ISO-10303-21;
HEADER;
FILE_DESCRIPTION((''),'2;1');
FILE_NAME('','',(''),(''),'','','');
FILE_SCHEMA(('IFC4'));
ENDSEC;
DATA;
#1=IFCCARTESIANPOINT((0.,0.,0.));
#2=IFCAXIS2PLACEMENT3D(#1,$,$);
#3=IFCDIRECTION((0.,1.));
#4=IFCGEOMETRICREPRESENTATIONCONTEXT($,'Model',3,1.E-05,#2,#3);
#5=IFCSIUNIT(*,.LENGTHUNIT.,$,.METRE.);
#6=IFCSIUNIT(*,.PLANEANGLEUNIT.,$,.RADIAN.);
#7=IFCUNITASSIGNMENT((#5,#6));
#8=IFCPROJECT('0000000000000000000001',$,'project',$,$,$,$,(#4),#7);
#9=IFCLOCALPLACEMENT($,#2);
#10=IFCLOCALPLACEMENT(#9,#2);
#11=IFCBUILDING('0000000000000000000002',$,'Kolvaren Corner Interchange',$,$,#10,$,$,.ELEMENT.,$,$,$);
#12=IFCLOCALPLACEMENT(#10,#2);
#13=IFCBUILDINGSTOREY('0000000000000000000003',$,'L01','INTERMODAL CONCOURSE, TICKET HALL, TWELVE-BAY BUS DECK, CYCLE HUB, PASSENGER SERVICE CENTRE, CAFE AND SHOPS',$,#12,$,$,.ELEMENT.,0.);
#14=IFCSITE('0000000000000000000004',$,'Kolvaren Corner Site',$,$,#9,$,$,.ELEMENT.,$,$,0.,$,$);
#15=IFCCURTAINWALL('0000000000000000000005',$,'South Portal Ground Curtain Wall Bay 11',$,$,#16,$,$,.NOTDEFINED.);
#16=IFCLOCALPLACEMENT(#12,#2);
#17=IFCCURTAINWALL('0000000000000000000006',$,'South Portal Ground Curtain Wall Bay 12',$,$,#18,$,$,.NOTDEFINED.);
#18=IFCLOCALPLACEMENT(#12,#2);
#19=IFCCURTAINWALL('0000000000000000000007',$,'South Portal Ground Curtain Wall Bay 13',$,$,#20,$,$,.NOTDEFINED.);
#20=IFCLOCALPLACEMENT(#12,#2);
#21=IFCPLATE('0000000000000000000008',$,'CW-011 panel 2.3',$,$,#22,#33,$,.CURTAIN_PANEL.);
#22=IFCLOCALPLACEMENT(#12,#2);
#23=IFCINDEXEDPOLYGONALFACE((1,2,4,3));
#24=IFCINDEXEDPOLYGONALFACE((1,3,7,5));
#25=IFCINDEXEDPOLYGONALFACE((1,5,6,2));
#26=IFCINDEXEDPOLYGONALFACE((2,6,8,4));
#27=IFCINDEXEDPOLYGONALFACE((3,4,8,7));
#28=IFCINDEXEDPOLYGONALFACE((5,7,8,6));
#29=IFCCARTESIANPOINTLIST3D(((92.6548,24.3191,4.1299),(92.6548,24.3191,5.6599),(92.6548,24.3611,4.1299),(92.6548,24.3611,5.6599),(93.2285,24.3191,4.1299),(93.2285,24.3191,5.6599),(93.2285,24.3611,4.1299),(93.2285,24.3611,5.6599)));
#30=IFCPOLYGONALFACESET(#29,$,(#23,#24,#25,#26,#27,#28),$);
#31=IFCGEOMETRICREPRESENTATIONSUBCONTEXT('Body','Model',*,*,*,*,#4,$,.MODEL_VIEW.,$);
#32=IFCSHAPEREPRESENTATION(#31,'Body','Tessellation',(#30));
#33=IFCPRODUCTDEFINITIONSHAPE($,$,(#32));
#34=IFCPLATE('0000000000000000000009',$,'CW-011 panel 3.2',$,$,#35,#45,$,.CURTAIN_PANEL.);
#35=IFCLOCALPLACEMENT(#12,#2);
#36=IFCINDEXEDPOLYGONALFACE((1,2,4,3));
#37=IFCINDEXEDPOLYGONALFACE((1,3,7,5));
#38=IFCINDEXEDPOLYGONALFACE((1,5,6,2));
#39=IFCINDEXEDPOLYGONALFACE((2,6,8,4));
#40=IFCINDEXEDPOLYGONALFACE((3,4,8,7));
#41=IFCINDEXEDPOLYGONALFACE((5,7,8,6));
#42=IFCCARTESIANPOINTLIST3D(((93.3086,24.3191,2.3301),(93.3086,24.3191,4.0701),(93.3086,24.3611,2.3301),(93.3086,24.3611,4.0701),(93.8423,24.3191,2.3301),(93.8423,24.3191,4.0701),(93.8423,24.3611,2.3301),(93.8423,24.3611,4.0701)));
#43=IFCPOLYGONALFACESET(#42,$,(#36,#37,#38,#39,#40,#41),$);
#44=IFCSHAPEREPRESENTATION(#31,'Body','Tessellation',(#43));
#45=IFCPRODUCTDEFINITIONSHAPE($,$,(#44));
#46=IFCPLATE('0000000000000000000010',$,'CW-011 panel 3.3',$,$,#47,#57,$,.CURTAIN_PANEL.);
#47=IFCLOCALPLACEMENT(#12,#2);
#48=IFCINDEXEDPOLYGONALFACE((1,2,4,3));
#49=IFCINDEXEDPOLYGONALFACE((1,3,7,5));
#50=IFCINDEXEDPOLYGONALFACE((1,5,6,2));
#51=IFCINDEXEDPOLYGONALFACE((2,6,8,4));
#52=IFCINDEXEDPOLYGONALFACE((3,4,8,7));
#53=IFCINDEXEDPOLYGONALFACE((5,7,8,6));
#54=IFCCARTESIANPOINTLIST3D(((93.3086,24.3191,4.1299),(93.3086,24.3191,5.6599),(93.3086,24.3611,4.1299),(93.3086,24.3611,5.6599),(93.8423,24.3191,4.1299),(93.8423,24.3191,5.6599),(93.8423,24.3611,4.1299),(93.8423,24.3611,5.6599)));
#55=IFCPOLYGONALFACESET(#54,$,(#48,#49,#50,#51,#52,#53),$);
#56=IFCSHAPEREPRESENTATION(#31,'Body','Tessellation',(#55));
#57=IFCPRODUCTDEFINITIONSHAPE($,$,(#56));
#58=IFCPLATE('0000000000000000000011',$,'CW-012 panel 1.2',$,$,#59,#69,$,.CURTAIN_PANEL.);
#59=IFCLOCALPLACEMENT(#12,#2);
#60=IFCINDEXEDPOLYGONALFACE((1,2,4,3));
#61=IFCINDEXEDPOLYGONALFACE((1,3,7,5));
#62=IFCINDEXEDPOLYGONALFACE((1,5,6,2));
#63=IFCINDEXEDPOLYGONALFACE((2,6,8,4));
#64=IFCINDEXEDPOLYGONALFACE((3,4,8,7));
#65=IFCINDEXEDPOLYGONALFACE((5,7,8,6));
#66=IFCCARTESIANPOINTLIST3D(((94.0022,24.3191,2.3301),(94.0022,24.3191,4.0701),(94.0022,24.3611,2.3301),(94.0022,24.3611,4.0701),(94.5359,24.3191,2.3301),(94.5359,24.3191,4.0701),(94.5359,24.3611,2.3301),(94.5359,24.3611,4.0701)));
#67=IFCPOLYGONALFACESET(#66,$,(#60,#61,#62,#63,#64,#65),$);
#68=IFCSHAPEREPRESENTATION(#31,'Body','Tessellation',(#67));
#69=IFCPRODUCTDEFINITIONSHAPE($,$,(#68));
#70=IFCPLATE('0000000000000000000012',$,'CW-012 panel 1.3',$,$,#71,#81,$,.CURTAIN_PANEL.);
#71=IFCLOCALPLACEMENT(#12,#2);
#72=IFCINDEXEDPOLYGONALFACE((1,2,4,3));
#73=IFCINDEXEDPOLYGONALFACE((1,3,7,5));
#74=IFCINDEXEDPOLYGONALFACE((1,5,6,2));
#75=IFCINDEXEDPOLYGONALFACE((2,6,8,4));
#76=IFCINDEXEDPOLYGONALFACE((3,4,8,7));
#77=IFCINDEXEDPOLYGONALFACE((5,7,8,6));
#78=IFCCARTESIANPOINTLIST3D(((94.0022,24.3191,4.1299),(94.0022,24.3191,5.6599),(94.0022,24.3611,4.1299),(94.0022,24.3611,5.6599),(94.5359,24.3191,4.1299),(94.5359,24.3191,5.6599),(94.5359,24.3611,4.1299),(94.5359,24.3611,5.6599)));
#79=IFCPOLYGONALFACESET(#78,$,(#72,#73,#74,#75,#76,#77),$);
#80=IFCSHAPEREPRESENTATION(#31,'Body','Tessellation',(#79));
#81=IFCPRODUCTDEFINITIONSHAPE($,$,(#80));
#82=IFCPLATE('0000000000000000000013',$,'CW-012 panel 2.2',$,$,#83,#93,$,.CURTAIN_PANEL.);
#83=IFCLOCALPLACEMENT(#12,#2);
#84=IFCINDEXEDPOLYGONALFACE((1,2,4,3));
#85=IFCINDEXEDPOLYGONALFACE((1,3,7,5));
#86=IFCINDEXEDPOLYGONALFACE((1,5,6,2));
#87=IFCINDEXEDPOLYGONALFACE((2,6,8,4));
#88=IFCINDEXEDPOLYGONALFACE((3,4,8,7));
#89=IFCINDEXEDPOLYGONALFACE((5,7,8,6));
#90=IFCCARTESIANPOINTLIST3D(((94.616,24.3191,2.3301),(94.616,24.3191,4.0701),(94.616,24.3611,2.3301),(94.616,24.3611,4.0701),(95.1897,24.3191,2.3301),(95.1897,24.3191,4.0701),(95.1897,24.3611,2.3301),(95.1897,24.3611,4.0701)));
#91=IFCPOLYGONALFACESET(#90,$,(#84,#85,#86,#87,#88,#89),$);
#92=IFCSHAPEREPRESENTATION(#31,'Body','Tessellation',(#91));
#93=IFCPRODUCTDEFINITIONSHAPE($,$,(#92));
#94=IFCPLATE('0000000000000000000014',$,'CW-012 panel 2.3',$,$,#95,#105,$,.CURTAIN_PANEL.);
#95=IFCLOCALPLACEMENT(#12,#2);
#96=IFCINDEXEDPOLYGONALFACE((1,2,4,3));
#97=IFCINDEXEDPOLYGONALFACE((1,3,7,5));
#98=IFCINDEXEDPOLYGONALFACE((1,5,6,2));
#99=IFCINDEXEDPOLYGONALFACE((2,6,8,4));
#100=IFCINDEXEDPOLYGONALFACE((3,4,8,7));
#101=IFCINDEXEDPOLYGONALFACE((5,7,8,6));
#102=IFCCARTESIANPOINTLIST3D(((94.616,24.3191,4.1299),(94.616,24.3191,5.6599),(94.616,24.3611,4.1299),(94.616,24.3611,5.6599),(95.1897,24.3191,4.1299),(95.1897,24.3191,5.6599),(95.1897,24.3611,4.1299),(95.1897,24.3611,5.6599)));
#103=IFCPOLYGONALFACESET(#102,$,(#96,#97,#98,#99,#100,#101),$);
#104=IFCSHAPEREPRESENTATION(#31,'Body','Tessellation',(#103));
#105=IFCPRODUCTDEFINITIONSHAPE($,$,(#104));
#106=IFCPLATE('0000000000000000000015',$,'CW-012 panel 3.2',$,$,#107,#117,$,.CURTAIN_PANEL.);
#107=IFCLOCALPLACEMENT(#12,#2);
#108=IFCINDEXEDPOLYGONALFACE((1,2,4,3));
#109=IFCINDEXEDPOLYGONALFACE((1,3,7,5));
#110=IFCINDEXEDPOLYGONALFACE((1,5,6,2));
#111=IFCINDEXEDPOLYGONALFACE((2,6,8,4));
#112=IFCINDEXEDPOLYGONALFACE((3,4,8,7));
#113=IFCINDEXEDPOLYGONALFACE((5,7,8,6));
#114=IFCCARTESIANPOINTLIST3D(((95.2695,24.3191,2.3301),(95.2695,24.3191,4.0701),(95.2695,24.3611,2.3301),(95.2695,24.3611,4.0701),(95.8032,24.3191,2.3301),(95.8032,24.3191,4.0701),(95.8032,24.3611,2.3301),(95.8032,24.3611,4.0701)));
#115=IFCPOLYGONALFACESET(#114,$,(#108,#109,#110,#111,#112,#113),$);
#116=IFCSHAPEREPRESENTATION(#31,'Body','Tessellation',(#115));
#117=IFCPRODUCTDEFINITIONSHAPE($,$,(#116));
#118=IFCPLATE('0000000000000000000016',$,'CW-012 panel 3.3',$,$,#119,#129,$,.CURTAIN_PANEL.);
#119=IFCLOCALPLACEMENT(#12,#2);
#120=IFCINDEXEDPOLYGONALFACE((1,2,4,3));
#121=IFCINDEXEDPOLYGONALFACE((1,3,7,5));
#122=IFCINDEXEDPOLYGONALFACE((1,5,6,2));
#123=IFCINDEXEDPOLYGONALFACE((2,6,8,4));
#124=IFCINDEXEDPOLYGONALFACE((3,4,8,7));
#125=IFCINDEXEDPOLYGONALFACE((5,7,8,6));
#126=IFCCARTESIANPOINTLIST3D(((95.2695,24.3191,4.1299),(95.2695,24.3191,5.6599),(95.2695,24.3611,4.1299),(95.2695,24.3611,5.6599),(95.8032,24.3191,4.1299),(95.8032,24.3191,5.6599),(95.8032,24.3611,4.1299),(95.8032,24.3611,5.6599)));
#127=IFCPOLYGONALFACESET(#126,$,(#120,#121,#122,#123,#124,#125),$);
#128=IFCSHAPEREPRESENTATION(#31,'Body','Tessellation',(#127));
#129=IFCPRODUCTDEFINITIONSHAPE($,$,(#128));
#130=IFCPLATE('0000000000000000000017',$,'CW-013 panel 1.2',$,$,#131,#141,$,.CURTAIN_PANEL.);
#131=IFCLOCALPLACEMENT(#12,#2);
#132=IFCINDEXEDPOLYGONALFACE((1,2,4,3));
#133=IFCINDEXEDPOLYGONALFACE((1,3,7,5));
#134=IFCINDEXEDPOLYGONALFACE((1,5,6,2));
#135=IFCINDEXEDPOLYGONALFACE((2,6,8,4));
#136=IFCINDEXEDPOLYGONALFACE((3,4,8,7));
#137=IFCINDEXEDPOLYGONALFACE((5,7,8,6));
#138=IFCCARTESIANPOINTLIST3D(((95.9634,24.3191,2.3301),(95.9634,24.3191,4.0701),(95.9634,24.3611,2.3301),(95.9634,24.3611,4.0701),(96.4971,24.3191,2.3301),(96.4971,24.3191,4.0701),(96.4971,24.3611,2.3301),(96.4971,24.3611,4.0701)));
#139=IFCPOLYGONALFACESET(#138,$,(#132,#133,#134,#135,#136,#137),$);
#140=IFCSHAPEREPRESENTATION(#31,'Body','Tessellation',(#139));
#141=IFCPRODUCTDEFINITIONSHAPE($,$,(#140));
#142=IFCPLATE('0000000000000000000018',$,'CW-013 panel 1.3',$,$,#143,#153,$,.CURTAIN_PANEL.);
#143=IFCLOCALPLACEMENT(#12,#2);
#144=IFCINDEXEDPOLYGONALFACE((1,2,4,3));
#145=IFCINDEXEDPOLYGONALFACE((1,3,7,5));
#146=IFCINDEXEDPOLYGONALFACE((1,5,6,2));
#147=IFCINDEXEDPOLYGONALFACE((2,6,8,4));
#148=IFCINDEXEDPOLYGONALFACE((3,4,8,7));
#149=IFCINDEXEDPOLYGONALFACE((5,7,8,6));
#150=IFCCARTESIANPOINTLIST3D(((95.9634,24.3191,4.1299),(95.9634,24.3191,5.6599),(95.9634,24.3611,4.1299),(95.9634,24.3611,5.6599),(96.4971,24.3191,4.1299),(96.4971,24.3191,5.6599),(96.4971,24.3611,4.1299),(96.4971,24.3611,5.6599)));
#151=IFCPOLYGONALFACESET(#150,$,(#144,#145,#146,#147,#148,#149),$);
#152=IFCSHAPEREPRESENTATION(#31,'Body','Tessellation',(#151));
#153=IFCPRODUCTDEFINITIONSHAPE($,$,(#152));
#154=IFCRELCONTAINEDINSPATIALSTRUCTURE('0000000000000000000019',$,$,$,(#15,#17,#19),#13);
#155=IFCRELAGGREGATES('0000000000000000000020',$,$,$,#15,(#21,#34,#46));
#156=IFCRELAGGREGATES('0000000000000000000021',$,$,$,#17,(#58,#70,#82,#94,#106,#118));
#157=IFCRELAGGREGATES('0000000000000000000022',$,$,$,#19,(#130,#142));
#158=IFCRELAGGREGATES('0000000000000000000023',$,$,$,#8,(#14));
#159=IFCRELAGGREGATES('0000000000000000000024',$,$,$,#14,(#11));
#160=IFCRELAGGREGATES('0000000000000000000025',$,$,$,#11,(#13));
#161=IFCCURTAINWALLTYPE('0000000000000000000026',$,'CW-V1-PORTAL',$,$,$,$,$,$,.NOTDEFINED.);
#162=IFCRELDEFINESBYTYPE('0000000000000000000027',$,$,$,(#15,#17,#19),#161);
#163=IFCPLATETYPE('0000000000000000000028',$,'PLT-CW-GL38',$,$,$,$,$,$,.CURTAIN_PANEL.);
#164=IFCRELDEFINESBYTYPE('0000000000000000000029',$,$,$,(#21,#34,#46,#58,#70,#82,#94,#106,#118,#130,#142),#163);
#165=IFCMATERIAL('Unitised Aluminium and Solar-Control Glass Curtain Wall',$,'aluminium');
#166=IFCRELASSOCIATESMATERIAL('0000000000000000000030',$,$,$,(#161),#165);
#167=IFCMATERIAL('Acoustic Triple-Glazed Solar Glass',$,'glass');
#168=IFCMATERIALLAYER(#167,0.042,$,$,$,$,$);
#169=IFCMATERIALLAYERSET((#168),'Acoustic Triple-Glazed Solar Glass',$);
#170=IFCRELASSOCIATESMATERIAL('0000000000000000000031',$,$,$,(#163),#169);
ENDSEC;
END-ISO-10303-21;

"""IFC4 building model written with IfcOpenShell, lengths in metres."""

from ifc_helpers import new_model, si_unit, direction, frame, origin, origin_2d, place, context, subcontext, project, spatial, rectangle, extrude, material, layer, layer_set, type_object, element, aggregate, save


model = new_model("IFC4")

# Units and contexts
model_context = context("Model", 3, precision=1e-05, world=origin(), true_north=direction((0.0, 1.0)))
body_context = subcontext(model_context, "Body", "Model", "MODEL_VIEW")
ifc_project = project(units=[si_unit("LENGTHUNIT", "METRE"), si_unit("PLANEANGLEUNIT", "RADIAN")], contexts=[model_context])

# Site, building, storey
site_placement = place(None, origin())
site = spatial("IfcSite", under=ifc_project, at=site_placement, Name="Kolvaren Corner Site", CompositionType="ELEMENT", RefElevation=0.0)
building_placement = place(site_placement, origin())
building = spatial("IfcBuilding", under=site, at=building_placement, Name="Kolvaren Corner Interchange", CompositionType="ELEMENT")
storey_placement = place(building_placement, origin())
storey = spatial("IfcBuildingStorey", under=building, at=storey_placement, Name="L01", Description="INTERMODAL CONCOURSE, TICKET HALL, TWELVE-BAY BUS DECK, CYCLE HUB, PASSENGER SERVICE CENTRE, CAFE AND SHOPS", CompositionType="ELEMENT", Elevation=0.0)

# Curtain walls
ifc_material_1 = material(Name="Unitised Aluminium and Solar-Control Glass Curtain Wall", Category="aluminium")
curtain_wall_type = type_object("IfcCurtainWallType", Name="CW-V1-PORTAL", PredefinedType="NOTDEFINED", material=ifc_material_1)
curtain_wall_1_placement = place(storey_placement, origin())
curtain_wall_1 = element("IfcCurtainWall", 1, at=curtain_wall_1_placement, inside=storey, type_object=curtain_wall_type, Name="South Portal Ground Curtain Wall Bay 11", PredefinedType="NOTDEFINED")
curtain_wall_2_placement = place(storey_placement, origin())
curtain_wall_2 = element("IfcCurtainWall", 2, at=curtain_wall_2_placement, inside=storey, type_object=curtain_wall_type, Name="South Portal Ground Curtain Wall Bay 12", PredefinedType="NOTDEFINED")
curtain_wall_3_placement = place(storey_placement, origin())
curtain_wall_3 = element("IfcCurtainWall", 3, at=curtain_wall_3_placement, inside=storey, type_object=curtain_wall_type, Name="South Portal Ground Curtain Wall Bay 13", PredefinedType="NOTDEFINED")

# Plates
ifc_material_2 = material(Name="Acoustic Triple-Glazed Solar Glass", Category="glass")
ifc_layer = layer(ifc_material_2, 0.042)
ifc_layer_set = layer_set([ifc_layer], Name="Acoustic Triple-Glazed Solar Glass")
plate_type = type_object("IfcPlateType", Name="PLT-CW-GL38", PredefinedType="CURTAIN_PANEL", material=ifc_layer_set)
plate_1_placement = place(storey_placement, frame((92.9417, 24.3401, 4.1299), z_axis=(0.0, 0.0, 1.0), x_axis=(1.0, 0.0, 0.0)))
plate_1 = element("IfcPlate", 4, at=plate_1_placement, type_object=plate_type, Name="CW-011 panel 2.3", PredefinedType="CURTAIN_PANEL", context=body_context, shape_type="SweptSolid", body=[
    extrude(rectangle(XDim=0.5737, YDim=0.042, at=origin_2d()), origin(), (0.0, 0.0, 1.0), 1.53),
])
plate_2_placement = place(storey_placement, frame((93.5754, 24.3401, 2.3301), z_axis=(0.0, 0.0, 1.0), x_axis=(1.0, 0.0, 0.0)))
plate_2 = element("IfcPlate", 5, at=plate_2_placement, type_object=plate_type, Name="CW-011 panel 3.2", PredefinedType="CURTAIN_PANEL", context=body_context, shape_type="SweptSolid", body=[
    extrude(rectangle(XDim=0.5337, YDim=0.042, at=origin_2d()), origin(), (0.0, 0.0, 1.0), 1.74),
])
plate_3_placement = place(storey_placement, frame((93.5754, 24.3401, 4.1299), z_axis=(0.0, 0.0, 1.0), x_axis=(1.0, 0.0, 0.0)))
plate_3 = element("IfcPlate", 6, at=plate_3_placement, type_object=plate_type, Name="CW-011 panel 3.3", PredefinedType="CURTAIN_PANEL", context=body_context, shape_type="SweptSolid", body=[
    extrude(rectangle(XDim=0.5337, YDim=0.042, at=origin_2d()), origin(), (0.0, 0.0, 1.0), 1.53),
])
aggregate(curtain_wall_1, [plate_1, plate_2, plate_3])
plate_4_placement = place(storey_placement, frame((94.269, 24.3401, 2.3301), z_axis=(0.0, 0.0, 1.0), x_axis=(1.0, 0.0, 0.0)))
plate_4 = element("IfcPlate", 7, at=plate_4_placement, type_object=plate_type, Name="CW-012 panel 1.2", PredefinedType="CURTAIN_PANEL", context=body_context, shape_type="SweptSolid", body=[
    extrude(rectangle(XDim=0.5337, YDim=0.042, at=origin_2d()), origin(), (0.0, 0.0, 1.0), 1.74),
])
plate_5_placement = place(storey_placement, frame((94.269, 24.3401, 4.1299), z_axis=(0.0, 0.0, 1.0), x_axis=(1.0, 0.0, 0.0)))
plate_5 = element("IfcPlate", 8, at=plate_5_placement, type_object=plate_type, Name="CW-012 panel 1.3", PredefinedType="CURTAIN_PANEL", context=body_context, shape_type="SweptSolid", body=[
    extrude(rectangle(XDim=0.5337, YDim=0.042, at=origin_2d()), origin(), (0.0, 0.0, 1.0), 1.53),
])
plate_6_placement = place(storey_placement, frame((94.9028, 24.3401, 2.3301), z_axis=(0.0, 0.0, 1.0), x_axis=(1.0, 0.0, 0.0)))
plate_6 = element("IfcPlate", 9, at=plate_6_placement, type_object=plate_type, Name="CW-012 panel 2.2", PredefinedType="CURTAIN_PANEL", context=body_context, shape_type="SweptSolid", body=[
    extrude(rectangle(XDim=0.5737, YDim=0.042, at=origin_2d()), origin(), (0.0, 0.0, 1.0), 1.74),
])
plate_7_placement = place(storey_placement, frame((94.9028, 24.3401, 4.1299), z_axis=(0.0, 0.0, 1.0), x_axis=(1.0, 0.0, 0.0)))
plate_7 = element("IfcPlate", 10, at=plate_7_placement, type_object=plate_type, Name="CW-012 panel 2.3", PredefinedType="CURTAIN_PANEL", context=body_context, shape_type="SweptSolid", body=[
    extrude(rectangle(XDim=0.5737, YDim=0.042, at=origin_2d()), origin(), (0.0, 0.0, 1.0), 1.53),
])
plate_8_placement = place(storey_placement, frame((95.5364, 24.3401, 2.3301), z_axis=(0.0, 0.0, 1.0), x_axis=(1.0, 0.0, 0.0)))
plate_8 = element("IfcPlate", 11, at=plate_8_placement, type_object=plate_type, Name="CW-012 panel 3.2", PredefinedType="CURTAIN_PANEL", context=body_context, shape_type="SweptSolid", body=[
    extrude(rectangle(XDim=0.5337, YDim=0.042, at=origin_2d()), origin(), (0.0, 0.0, 1.0), 1.74),
])
plate_9_placement = place(storey_placement, frame((95.5364, 24.3401, 4.1299), z_axis=(0.0, 0.0, 1.0), x_axis=(1.0, 0.0, 0.0)))
plate_9 = element("IfcPlate", 12, at=plate_9_placement, type_object=plate_type, Name="CW-012 panel 3.3", PredefinedType="CURTAIN_PANEL", context=body_context, shape_type="SweptSolid", body=[
    extrude(rectangle(XDim=0.5337, YDim=0.042, at=origin_2d()), origin(), (0.0, 0.0, 1.0), 1.53),
])
aggregate(curtain_wall_2, [plate_4, plate_5, plate_6, plate_7, plate_8, plate_9])
plate_10_placement = place(storey_placement, frame((96.2302, 24.3401, 2.3301), z_axis=(0.0, 0.0, 1.0), x_axis=(1.0, 0.0, 0.0)))
plate_10 = element("IfcPlate", 13, at=plate_10_placement, type_object=plate_type, Name="CW-013 panel 1.2", PredefinedType="CURTAIN_PANEL", context=body_context, shape_type="SweptSolid", body=[
    extrude(rectangle(XDim=0.5337, YDim=0.042, at=origin_2d()), origin(), (0.0, 0.0, 1.0), 1.74),
])
plate_11_placement = place(storey_placement, frame((96.2302, 24.3401, 4.1299), z_axis=(0.0, 0.0, 1.0), x_axis=(1.0, 0.0, 0.0)))
plate_11 = element("IfcPlate", 14, at=plate_11_placement, type_object=plate_type, Name="CW-013 panel 1.3", PredefinedType="CURTAIN_PANEL", context=body_context, shape_type="SweptSolid", body=[
    extrude(rectangle(XDim=0.5337, YDim=0.042, at=origin_2d()), origin(), (0.0, 0.0, 1.0), 1.53),
])
aggregate(curtain_wall_3, [plate_10, plate_11])

save(model, "model.ifc")
